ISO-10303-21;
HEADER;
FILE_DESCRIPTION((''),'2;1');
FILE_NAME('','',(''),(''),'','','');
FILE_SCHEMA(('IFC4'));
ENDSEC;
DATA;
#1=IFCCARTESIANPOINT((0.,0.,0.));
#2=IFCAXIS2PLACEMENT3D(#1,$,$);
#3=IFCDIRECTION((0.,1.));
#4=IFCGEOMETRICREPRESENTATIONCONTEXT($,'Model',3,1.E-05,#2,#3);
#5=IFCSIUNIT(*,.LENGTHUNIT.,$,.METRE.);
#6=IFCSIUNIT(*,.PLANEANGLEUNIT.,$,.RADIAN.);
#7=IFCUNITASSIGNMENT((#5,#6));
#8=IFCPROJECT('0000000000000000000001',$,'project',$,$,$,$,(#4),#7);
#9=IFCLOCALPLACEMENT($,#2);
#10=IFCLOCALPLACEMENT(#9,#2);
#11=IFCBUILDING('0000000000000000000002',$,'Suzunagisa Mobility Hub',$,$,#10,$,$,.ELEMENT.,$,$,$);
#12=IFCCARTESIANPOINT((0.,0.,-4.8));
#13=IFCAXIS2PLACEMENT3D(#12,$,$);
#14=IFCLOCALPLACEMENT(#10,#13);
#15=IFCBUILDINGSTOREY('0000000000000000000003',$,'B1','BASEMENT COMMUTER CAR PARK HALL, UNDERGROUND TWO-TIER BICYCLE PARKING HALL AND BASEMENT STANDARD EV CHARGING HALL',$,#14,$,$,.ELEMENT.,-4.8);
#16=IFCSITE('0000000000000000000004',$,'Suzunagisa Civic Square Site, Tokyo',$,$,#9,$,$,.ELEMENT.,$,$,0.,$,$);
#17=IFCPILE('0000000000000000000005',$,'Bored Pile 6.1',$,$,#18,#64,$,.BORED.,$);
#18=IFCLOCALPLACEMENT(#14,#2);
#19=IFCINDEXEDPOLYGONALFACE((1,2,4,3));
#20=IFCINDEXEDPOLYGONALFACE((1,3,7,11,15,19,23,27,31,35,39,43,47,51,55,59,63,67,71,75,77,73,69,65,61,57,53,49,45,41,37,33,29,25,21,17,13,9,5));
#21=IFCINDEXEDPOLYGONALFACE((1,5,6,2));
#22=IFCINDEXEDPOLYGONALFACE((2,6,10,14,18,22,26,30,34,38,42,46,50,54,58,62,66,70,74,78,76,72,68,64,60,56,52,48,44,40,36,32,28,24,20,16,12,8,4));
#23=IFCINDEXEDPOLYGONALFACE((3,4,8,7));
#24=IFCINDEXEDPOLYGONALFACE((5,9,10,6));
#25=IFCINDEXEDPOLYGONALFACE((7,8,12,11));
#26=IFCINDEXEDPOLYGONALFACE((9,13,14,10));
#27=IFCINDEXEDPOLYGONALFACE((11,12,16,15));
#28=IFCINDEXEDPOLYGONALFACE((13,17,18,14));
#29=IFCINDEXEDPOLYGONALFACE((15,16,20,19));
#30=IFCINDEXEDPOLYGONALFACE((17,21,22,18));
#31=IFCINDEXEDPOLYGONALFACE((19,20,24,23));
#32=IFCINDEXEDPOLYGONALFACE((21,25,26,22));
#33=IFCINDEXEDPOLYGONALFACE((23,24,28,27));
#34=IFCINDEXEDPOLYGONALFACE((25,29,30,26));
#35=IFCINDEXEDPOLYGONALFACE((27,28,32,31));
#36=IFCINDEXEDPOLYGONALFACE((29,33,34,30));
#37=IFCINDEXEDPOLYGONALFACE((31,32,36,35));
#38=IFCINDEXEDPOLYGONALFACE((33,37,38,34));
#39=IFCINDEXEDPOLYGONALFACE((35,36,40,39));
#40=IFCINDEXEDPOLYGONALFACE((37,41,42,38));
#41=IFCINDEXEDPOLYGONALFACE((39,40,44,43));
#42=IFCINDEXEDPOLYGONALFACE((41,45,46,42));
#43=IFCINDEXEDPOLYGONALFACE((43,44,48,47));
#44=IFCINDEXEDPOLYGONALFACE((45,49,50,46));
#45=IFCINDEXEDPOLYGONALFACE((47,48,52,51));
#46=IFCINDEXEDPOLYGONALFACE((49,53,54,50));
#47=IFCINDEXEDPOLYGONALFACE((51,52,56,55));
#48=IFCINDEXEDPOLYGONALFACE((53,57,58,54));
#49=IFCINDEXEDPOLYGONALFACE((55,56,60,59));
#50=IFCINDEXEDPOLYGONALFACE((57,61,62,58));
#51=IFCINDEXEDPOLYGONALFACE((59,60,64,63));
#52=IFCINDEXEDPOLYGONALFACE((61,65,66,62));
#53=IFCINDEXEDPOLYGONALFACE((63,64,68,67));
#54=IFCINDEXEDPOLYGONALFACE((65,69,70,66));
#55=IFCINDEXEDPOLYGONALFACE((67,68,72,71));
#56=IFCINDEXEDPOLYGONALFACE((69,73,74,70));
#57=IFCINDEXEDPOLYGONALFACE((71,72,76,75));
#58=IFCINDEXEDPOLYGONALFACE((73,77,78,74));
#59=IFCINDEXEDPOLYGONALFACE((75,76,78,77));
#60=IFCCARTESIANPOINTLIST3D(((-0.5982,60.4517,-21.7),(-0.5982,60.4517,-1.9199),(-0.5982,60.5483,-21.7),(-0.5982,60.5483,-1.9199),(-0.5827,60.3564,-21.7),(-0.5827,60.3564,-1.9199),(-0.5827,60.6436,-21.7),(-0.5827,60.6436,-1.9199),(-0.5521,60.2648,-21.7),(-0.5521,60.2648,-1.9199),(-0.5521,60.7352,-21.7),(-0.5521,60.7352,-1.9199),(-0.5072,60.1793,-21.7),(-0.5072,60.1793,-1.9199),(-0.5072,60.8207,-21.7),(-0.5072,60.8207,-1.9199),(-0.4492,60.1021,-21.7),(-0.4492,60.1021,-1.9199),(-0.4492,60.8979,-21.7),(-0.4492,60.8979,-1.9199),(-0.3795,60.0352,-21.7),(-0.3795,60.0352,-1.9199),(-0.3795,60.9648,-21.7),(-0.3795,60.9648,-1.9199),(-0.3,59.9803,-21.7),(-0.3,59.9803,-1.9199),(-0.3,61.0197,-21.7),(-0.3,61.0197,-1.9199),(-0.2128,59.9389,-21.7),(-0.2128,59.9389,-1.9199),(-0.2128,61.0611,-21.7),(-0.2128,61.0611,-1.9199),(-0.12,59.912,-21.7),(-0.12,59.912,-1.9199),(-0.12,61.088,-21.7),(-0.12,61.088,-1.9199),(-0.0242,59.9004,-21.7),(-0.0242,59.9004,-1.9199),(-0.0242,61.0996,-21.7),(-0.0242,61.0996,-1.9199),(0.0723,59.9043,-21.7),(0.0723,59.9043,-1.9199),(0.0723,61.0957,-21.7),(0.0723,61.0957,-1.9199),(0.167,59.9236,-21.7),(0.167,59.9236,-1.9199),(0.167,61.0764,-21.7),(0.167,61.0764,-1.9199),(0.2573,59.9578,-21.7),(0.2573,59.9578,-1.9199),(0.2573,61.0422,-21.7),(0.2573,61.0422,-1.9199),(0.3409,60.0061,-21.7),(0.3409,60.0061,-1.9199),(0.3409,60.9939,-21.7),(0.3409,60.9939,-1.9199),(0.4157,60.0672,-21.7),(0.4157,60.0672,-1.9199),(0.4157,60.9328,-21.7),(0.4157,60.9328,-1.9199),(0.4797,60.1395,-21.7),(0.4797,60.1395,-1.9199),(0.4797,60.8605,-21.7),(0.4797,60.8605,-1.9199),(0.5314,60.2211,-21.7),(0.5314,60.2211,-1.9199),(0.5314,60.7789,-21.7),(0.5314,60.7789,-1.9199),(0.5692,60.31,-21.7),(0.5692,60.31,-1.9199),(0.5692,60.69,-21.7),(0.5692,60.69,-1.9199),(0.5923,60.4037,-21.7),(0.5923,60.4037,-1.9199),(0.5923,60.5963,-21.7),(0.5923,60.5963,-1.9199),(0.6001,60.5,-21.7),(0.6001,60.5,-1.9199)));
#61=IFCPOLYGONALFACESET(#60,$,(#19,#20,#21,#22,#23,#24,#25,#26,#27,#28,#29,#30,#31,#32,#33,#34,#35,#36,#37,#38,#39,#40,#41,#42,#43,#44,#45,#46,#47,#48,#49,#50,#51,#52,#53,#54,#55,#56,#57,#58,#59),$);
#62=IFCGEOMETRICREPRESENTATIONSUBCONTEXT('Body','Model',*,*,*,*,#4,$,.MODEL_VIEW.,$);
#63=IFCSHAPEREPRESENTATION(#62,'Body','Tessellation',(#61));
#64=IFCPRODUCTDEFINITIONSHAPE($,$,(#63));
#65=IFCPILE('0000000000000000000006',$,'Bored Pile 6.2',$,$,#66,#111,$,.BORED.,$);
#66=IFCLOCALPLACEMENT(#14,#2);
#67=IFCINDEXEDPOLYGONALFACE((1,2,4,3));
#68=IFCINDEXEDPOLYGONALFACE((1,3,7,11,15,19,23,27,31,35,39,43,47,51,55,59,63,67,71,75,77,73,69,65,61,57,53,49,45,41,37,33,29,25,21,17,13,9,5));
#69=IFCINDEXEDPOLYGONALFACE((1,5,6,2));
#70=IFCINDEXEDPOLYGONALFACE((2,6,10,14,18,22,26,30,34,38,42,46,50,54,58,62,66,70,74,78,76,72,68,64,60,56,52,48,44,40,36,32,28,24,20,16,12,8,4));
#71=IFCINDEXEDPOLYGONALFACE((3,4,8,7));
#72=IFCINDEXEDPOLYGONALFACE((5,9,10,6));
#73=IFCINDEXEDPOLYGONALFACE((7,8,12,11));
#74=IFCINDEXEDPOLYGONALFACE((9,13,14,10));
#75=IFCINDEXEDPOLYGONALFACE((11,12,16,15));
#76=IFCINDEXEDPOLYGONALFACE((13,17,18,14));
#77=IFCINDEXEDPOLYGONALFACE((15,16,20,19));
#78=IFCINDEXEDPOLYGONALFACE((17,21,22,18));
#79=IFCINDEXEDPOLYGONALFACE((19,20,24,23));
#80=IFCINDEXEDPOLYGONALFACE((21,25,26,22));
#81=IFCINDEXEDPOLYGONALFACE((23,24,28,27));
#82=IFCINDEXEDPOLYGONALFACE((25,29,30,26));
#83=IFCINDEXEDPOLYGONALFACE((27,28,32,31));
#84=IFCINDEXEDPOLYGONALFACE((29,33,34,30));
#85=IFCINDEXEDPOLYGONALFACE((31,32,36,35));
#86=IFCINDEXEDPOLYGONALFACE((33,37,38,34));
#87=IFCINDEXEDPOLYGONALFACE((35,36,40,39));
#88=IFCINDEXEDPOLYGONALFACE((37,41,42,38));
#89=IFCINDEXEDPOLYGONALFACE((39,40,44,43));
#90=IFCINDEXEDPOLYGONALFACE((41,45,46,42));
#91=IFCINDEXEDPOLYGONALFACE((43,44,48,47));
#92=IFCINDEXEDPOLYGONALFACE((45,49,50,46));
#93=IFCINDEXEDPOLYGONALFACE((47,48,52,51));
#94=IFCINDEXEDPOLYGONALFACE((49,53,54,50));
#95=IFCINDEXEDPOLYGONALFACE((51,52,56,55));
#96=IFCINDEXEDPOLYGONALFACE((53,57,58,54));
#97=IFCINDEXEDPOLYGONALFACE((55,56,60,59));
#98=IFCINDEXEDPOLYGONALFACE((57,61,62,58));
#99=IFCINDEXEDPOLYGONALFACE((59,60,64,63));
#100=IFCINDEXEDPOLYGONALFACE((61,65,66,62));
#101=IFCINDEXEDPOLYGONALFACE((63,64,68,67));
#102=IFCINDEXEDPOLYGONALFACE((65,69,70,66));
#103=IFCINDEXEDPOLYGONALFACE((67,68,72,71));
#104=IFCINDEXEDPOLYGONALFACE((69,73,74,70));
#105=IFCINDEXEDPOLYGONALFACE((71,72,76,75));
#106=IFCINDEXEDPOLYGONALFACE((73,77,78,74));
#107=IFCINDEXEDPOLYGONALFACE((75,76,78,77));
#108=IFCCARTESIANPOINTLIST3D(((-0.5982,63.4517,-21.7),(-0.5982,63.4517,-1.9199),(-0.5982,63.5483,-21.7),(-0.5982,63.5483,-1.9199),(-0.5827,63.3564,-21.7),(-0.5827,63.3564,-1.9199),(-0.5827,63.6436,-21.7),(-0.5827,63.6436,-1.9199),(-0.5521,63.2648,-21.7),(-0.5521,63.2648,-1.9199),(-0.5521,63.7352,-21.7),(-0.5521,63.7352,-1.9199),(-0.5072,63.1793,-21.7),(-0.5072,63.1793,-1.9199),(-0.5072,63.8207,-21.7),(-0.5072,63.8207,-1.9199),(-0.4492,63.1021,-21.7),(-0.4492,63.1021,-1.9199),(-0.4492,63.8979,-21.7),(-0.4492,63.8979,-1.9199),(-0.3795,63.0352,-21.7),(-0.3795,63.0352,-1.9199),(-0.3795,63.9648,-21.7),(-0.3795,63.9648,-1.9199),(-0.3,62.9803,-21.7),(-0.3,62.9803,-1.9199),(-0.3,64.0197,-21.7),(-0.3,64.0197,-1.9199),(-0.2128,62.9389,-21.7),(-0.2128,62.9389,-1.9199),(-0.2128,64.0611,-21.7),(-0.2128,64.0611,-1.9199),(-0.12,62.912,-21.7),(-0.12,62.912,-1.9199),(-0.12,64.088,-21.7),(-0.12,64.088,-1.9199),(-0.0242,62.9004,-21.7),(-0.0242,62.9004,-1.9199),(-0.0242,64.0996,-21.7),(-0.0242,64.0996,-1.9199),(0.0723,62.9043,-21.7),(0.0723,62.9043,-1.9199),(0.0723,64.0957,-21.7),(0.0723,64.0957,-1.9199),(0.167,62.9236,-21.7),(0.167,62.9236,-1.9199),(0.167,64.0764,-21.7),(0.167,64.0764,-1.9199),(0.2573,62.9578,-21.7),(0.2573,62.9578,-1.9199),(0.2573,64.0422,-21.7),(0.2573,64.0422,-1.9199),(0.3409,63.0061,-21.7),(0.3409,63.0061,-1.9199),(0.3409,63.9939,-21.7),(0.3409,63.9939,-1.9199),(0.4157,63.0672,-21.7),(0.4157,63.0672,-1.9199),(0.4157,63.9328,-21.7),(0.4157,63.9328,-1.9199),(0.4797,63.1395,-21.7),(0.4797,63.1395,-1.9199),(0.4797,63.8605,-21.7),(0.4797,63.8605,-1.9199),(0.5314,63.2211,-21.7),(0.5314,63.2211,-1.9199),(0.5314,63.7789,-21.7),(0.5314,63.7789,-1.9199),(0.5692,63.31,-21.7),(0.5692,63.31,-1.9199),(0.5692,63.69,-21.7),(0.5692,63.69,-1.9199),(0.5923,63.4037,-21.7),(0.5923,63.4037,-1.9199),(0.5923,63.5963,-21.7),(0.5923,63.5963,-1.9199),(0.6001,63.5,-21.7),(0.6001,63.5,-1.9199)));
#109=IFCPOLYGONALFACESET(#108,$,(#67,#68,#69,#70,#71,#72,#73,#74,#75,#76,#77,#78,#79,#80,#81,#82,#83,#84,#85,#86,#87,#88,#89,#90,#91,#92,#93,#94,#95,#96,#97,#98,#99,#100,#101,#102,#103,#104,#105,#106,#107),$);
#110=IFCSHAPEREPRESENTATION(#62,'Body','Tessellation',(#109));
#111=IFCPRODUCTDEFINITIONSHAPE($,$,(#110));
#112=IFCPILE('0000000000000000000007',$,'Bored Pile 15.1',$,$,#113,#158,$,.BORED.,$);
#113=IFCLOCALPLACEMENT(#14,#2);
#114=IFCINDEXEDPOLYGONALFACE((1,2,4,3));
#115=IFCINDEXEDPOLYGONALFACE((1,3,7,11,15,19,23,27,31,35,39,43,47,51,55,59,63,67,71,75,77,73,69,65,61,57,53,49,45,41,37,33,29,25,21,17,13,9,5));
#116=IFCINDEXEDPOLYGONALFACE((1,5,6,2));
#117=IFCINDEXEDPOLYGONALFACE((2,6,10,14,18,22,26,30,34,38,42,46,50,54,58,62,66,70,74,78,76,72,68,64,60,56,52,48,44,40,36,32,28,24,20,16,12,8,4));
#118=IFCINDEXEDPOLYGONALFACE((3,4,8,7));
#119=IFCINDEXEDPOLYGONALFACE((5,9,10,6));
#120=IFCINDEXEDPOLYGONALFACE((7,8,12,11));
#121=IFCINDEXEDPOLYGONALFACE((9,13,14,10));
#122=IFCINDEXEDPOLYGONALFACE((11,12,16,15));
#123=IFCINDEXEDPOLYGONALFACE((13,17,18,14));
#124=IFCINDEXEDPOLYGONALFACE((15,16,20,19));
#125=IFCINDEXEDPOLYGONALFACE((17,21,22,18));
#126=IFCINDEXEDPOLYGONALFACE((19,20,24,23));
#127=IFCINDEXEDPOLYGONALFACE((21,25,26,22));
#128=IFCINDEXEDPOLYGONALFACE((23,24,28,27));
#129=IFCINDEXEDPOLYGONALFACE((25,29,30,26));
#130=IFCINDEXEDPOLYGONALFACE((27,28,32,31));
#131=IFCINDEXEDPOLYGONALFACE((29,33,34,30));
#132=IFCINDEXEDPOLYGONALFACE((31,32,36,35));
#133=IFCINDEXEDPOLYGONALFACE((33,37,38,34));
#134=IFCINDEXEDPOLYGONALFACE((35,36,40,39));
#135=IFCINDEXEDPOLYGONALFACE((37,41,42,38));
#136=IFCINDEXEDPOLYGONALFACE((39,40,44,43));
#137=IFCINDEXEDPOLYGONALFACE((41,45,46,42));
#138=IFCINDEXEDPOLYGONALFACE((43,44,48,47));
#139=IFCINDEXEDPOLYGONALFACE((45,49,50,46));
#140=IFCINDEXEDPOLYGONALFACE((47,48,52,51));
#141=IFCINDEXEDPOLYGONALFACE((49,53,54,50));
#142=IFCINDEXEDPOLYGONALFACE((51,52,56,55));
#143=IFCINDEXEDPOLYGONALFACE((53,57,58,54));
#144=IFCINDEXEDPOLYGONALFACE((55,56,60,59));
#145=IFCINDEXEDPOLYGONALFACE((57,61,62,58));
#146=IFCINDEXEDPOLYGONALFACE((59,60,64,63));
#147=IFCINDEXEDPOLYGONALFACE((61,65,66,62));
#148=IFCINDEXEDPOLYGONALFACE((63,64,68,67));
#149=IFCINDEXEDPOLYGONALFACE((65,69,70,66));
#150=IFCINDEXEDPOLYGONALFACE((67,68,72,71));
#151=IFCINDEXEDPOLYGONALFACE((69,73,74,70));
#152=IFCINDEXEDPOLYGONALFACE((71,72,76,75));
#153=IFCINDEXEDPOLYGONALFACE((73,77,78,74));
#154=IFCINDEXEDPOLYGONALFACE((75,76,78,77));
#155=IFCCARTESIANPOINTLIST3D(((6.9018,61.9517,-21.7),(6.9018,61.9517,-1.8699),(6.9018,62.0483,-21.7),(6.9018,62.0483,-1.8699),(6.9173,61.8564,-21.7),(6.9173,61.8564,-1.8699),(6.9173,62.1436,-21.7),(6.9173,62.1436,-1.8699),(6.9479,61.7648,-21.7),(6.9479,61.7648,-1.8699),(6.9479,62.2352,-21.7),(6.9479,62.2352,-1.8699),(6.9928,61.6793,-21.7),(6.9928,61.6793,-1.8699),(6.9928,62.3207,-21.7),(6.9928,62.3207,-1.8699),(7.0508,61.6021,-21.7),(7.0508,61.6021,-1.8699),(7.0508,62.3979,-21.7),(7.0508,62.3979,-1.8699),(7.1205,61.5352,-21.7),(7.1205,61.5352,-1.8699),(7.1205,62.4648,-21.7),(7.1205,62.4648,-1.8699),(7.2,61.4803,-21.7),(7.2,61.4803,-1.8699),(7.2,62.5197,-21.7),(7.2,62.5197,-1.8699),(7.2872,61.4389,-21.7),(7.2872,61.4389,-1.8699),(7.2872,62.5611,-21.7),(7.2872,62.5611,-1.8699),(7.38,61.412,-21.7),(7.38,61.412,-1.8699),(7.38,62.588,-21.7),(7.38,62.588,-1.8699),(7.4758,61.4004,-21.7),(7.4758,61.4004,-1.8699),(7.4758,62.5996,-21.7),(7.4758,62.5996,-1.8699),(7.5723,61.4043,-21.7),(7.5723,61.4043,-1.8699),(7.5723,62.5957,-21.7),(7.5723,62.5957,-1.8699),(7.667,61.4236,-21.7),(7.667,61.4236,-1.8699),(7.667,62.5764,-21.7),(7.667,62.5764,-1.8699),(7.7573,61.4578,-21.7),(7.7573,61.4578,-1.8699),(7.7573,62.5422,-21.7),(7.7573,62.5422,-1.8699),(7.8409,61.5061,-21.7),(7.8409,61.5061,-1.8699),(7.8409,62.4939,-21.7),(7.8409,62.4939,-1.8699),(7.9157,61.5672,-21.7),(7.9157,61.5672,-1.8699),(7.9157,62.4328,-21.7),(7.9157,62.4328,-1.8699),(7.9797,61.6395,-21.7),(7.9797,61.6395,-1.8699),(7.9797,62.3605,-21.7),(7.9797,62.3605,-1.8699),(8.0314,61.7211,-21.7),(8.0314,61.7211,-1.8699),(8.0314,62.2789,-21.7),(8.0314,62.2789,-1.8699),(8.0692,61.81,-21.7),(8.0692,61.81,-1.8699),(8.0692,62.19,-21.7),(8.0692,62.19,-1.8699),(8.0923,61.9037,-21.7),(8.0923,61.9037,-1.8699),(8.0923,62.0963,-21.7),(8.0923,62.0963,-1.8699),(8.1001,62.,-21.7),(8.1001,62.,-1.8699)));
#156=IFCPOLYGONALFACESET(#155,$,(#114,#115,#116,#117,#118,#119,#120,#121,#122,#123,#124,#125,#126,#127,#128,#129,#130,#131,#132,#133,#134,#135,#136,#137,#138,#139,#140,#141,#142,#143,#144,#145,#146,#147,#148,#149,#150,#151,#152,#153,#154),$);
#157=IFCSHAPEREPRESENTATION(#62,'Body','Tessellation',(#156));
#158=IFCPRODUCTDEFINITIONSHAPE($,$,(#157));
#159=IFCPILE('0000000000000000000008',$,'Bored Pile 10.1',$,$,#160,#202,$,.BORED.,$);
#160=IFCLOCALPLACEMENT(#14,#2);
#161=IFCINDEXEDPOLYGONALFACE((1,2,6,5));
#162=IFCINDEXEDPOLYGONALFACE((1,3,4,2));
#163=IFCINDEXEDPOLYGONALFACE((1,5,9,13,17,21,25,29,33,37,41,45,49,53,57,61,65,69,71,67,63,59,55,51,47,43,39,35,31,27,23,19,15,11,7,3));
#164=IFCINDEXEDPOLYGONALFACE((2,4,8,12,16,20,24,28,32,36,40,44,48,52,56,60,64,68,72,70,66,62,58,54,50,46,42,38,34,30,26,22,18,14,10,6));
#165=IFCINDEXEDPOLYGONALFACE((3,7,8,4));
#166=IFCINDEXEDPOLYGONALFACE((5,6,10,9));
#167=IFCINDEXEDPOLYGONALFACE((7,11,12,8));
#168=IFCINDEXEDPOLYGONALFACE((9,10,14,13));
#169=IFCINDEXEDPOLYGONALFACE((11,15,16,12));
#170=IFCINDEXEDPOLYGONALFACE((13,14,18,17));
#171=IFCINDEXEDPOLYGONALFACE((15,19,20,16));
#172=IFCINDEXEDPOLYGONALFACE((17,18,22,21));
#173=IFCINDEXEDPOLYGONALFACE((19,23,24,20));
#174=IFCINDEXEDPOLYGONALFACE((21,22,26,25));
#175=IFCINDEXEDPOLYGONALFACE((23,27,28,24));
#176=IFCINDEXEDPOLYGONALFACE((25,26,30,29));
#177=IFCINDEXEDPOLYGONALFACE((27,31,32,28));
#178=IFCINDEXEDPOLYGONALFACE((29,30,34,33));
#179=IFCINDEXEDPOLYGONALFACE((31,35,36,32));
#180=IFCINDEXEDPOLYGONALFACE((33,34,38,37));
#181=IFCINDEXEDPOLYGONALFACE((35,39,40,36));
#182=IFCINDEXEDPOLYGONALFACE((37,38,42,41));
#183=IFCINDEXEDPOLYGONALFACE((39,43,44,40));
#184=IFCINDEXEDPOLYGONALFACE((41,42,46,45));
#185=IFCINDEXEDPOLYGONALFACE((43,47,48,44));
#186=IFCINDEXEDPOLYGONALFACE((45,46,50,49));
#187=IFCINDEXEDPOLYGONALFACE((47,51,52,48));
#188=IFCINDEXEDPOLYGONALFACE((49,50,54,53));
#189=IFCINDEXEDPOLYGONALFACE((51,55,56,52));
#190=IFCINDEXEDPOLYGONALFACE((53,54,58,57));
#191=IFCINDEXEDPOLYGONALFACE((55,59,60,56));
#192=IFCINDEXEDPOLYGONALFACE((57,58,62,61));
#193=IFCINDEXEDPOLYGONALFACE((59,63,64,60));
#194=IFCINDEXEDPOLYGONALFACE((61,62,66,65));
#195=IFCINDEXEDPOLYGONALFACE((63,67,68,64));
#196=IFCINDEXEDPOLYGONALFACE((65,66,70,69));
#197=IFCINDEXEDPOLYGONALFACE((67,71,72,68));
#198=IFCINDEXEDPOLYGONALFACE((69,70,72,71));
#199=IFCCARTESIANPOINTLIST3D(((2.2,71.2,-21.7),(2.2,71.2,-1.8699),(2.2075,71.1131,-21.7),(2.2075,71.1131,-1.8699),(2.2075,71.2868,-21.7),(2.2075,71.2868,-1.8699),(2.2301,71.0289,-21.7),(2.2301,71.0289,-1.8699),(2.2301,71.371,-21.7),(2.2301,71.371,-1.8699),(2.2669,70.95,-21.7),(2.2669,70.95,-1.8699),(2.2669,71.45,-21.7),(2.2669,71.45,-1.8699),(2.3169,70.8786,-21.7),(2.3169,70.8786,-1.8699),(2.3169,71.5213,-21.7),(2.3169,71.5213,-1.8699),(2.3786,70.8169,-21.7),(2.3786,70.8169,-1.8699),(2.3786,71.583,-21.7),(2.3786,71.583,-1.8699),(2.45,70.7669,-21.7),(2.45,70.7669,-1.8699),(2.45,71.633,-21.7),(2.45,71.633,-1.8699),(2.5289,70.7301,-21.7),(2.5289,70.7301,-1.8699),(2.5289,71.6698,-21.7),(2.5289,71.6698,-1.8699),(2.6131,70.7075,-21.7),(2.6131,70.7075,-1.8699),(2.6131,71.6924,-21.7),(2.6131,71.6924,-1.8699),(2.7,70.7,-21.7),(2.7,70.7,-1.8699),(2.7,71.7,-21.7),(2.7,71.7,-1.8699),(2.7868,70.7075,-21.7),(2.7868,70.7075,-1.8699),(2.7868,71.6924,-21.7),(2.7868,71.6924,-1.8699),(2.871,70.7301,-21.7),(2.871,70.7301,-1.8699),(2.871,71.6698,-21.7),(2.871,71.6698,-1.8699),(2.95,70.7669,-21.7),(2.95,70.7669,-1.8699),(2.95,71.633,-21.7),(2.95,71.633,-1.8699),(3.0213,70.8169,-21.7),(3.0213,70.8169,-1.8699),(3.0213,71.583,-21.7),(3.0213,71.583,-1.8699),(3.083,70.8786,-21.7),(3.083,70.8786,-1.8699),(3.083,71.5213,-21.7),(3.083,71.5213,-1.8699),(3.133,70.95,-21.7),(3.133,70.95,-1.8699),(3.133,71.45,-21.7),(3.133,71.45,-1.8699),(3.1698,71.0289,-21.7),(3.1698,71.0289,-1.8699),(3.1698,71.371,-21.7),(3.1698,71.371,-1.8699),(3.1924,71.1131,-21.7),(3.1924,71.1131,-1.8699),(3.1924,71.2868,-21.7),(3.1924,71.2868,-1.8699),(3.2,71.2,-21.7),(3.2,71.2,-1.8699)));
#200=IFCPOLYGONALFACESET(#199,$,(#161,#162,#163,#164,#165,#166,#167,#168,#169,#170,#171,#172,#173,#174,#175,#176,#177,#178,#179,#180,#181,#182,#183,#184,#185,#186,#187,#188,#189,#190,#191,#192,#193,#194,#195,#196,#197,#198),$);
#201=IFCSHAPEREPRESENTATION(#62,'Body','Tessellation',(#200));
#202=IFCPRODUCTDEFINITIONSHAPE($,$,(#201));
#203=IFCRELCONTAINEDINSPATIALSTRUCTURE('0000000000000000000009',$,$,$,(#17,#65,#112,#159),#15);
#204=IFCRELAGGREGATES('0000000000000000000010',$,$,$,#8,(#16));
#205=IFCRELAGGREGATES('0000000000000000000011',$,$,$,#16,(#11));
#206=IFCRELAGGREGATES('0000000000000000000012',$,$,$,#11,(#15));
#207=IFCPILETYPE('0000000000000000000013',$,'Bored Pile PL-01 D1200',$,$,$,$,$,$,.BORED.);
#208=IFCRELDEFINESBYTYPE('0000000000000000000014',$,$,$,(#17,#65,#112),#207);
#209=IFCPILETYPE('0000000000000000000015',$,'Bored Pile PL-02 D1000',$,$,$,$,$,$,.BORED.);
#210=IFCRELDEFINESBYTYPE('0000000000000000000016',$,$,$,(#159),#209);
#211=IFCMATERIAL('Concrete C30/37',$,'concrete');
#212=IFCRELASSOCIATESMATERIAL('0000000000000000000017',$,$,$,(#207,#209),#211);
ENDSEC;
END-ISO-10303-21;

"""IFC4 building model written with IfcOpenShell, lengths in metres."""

from ifc_helpers import new_model, si_unit, direction, frame, origin, origin_2d, place, context, subcontext, project, spatial, circle, extrude, material, material_profile, profile_set, type_object, element, save


model = new_model("IFC4")

# Units and contexts
model_context = context("Model", 3, precision=1e-05, world=origin(), true_north=direction((0.0, 1.0)))
body_context = subcontext(model_context, "Body", "Model", "MODEL_VIEW")
ifc_project = project(units=[si_unit("LENGTHUNIT", "METRE"), si_unit("PLANEANGLEUNIT", "RADIAN")], contexts=[model_context])

# Site, building, storey
site_placement = place(None, origin())
site = spatial("IfcSite", under=ifc_project, at=site_placement, Name="Suzunagisa Civic Square Site, Tokyo", CompositionType="ELEMENT", RefElevation=0.0)
building_placement = place(site_placement, origin())
building = spatial("IfcBuilding", under=site, at=building_placement, Name="Suzunagisa Mobility Hub", CompositionType="ELEMENT")
storey_placement = place(building_placement, frame((0.0, 0.0, -4.8)))
storey = spatial("IfcBuildingStorey", under=building, at=storey_placement, Name="B1", Description="BASEMENT COMMUTER CAR PARK HALL, UNDERGROUND TWO-TIER BICYCLE PARKING HALL AND BASEMENT STANDARD EV CHARGING HALL", CompositionType="ELEMENT", Elevation=-4.8)

# Piles
ifc_material_1 = material(Name="Concrete C30/37", Category="concrete")
ifc_material_profile_1 = material_profile(ifc_material_1, circle(Radius=0.6001, at=origin_2d()), Name="BORED PILE D1200")
ifc_profile_set_1 = profile_set([ifc_material_profile_1], Name="Concrete C30/37")
pile_type_1 = type_object("IfcPileType", Name="Bored Pile PL-01 D1200", PredefinedType="BORED", material=ifc_profile_set_1)
for number, where, z_axis, x_axis, name in (
    (1, (0.0, 60.5, -1.9199), (0.0, 0.0, -1.0), (1.0, 0.0, 0.0), "Bored Pile 6.1"),
    (2, (0.0, 63.5, -1.9199), (0.0, 0.0, -1.0), (1.0, 0.0, 0.0), "Bored Pile 6.2"),
):
    element("IfcPile", number, at=place(storey_placement, frame(where, z_axis=z_axis, x_axis=x_axis)), inside=storey, type_object=pile_type_1, Name=name, PredefinedType="BORED", context=body_context, shape_type="SweptSolid", body=[
        extrude(circle(Radius=0.6001, at=origin_2d()), origin(), (0.0, 0.0, 1.0), 19.78),
    ])
pile_placement = place(storey_placement, frame((7.5, 62.0, -1.8699), z_axis=(0.0, 0.0, -1.0), x_axis=(1.0, 0.0, 0.0)))
element("IfcPile", 3, at=pile_placement, inside=storey, type_object=pile_type_1, Name="Bored Pile 15.1", PredefinedType="BORED", context=body_context, shape_type="SweptSolid", body=[
    extrude(circle(Radius=0.6001, at=origin_2d()), origin(), (0.0, 0.0, 1.0), 19.8301),
])
ifc_material_profile_2 = material_profile(ifc_material_1, circle(Radius=0.5, at=origin_2d()), Name="BORED PILE D1000")
ifc_profile_set_2 = profile_set([ifc_material_profile_2], Name="Concrete C30/37")
pile_type_2 = type_object("IfcPileType", Name="Bored Pile PL-02 D1000", PredefinedType="BORED", material=ifc_profile_set_2)
for number, where, z_axis, x_axis, name in (
    (4, (2.7, 71.2, -1.8699), (0.0, 0.0, -1.0), (1.0, 0.0, 0.0), "Bored Pile 10.1"),
):
    element("IfcPile", number, at=place(storey_placement, frame(where, z_axis=z_axis, x_axis=x_axis)), inside=storey, type_object=pile_type_2, Name=name, PredefinedType="BORED", context=body_context, shape_type="SweptSolid", body=[
        extrude(circle(Radius=0.5, at=origin_2d()), origin(), (0.0, 0.0, 1.0), 19.8301),
    ])

save(model, "model.ifc")
